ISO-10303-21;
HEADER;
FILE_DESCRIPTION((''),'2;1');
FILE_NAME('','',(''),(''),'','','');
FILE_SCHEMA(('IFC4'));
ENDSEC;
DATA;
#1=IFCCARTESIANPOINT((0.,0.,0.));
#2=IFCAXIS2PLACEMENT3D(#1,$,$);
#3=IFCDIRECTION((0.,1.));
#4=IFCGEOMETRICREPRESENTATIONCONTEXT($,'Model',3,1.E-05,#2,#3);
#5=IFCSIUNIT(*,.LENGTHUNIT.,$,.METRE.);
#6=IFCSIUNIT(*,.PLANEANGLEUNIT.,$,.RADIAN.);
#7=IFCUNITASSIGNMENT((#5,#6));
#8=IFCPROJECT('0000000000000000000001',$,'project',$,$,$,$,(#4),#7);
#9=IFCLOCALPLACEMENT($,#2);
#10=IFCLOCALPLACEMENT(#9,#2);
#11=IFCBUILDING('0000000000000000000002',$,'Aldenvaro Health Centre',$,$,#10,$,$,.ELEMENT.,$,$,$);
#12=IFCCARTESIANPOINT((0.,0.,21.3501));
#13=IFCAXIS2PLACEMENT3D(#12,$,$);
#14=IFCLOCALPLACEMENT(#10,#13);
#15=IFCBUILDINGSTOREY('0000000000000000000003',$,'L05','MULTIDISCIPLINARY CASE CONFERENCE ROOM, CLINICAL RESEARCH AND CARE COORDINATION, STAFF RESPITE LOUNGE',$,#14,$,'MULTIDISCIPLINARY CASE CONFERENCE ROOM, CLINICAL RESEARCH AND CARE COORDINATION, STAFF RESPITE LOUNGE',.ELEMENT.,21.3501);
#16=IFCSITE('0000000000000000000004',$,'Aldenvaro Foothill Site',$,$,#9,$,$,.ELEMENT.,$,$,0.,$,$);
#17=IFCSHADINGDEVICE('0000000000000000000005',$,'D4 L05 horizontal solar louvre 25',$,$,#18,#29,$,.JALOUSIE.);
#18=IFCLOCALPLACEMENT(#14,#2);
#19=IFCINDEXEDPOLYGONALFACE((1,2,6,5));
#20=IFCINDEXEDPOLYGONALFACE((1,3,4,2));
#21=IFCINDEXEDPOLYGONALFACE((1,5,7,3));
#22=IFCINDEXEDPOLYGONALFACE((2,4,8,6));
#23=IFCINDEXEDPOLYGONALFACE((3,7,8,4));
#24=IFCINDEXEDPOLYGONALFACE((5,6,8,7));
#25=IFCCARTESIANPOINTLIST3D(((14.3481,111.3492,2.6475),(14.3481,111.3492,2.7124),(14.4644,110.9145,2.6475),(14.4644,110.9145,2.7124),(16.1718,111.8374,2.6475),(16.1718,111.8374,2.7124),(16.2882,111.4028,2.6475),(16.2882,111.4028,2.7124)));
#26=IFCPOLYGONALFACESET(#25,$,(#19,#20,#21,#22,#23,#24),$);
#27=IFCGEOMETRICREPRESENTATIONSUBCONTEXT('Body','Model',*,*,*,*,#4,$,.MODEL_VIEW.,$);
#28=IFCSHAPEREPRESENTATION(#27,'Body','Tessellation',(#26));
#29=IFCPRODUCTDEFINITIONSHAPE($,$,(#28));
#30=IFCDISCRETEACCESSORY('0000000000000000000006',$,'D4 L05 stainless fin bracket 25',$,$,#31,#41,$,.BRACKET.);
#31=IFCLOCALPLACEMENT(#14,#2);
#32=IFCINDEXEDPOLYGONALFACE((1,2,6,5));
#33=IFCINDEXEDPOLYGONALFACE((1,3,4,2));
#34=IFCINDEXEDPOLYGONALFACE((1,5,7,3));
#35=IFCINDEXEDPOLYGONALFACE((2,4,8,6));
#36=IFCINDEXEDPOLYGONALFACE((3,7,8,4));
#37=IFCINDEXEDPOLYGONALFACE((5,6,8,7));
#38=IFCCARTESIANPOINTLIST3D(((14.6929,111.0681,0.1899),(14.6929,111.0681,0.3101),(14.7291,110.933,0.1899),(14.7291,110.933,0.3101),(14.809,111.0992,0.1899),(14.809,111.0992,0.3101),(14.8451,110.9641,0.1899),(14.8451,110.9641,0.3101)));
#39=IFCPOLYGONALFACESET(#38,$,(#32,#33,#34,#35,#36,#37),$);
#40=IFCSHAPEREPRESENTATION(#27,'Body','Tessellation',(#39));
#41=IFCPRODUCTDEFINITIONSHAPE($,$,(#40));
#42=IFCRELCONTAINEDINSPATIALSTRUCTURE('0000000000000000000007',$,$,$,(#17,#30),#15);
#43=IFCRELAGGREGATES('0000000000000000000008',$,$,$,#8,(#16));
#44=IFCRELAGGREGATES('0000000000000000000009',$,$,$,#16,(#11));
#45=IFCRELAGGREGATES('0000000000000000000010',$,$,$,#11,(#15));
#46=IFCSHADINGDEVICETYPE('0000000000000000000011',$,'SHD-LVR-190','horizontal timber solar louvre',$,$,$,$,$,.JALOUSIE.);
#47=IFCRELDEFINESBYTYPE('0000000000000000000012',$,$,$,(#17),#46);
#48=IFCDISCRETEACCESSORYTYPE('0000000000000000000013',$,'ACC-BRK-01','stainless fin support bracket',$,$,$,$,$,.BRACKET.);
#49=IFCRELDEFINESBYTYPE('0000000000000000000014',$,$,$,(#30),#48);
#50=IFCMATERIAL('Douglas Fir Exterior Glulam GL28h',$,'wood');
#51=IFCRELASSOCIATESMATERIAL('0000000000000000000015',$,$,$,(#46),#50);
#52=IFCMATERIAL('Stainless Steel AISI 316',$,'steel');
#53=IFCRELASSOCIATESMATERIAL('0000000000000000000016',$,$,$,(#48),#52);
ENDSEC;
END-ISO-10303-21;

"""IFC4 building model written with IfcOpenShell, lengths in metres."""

from ifc_helpers import new_model, si_unit, direction, frame, origin, origin_2d, place, context, subcontext, project, spatial, rectangle, extrude, material, type_object, element, save


model = new_model("IFC4")

# Units and contexts
model_context = context("Model", 3, precision=1e-05, world=origin(), true_north=direction((0.0, 1.0)))
body_context = subcontext(model_context, "Body", "Model", "MODEL_VIEW")
ifc_project = project(units=[si_unit("LENGTHUNIT", "METRE"), si_unit("PLANEANGLEUNIT", "RADIAN")], contexts=[model_context])

# Site, building, storey
site_placement = place(None, origin())
site = spatial("IfcSite", under=ifc_project, at=site_placement, Name="Aldenvaro Foothill Site", CompositionType="ELEMENT", RefElevation=0.0)
building_placement = place(site_placement, origin())
building = spatial("IfcBuilding", under=site, at=building_placement, Name="Aldenvaro Health Centre", CompositionType="ELEMENT")
storey_placement = place(building_placement, frame((0.0, 0.0, 21.3501)))
storey = spatial("IfcBuildingStorey", under=building, at=storey_placement, Name="L05", Description="MULTIDISCIPLINARY CASE CONFERENCE ROOM, CLINICAL RESEARCH AND CARE COORDINATION, STAFF RESPITE LOUNGE", LongName="MULTIDISCIPLINARY CASE CONFERENCE ROOM, CLINICAL RESEARCH AND CARE COORDINATION, STAFF RESPITE LOUNGE", CompositionType="ELEMENT", Elevation=21.3501)

# Shading device
ifc_material_1 = material(Name="Douglas Fir Exterior Glulam GL28h", Category="wood")
shading_device_type_1 = type_object("IfcShadingDeviceType", Name="SHD-LVR-190", Description="horizontal timber solar louvre", PredefinedType="JALOUSIE", material=ifc_material_1)
shading_device_1_placement = place(storey_placement, frame((15.3181, 111.376, 2.6475), z_axis=(0.0, 0.0, 1.0), x_axis=(0.96598, 0.258616, 0.0)))
element("IfcShadingDevice", 1, at=shading_device_1_placement, inside=storey, type_object=shading_device_type_1, Name="D4 L05 horizontal solar louvre 25", PredefinedType="JALOUSIE", context=body_context, shape_type="SweptSolid", body=[
    extrude(rectangle(XDim=1.8879, YDim=0.45, at=origin_2d()), origin(), (0.0, 0.0, 1.0), 0.0649),
])

# Discrete accessory
ifc_material_2 = material(Name="Stainless Steel AISI 316", Category="steel")
discrete_accessory_type = type_object("IfcDiscreteAccessoryType", Name="ACC-BRK-01", Description="stainless fin support bracket", PredefinedType="BRACKET", material=ifc_material_2)
discrete_accessory_placement = place(storey_placement, frame((14.769, 111.0161, 0.1899), z_axis=(0.0, 0.0, 1.0), x_axis=(0.96598, 0.258616, 0.0)))
element("IfcDiscreteAccessory", 2, at=discrete_accessory_placement, inside=storey, type_object=discrete_accessory_type, Name="D4 L05 stainless fin bracket 25", PredefinedType="BRACKET", context=body_context, shape_type="SweptSolid", body=[
    extrude(rectangle(XDim=0.1201, YDim=0.1399, at=origin_2d()), origin(), (0.0, 0.0, 1.0), 0.1201),
])

save(model, "model.ifc")
